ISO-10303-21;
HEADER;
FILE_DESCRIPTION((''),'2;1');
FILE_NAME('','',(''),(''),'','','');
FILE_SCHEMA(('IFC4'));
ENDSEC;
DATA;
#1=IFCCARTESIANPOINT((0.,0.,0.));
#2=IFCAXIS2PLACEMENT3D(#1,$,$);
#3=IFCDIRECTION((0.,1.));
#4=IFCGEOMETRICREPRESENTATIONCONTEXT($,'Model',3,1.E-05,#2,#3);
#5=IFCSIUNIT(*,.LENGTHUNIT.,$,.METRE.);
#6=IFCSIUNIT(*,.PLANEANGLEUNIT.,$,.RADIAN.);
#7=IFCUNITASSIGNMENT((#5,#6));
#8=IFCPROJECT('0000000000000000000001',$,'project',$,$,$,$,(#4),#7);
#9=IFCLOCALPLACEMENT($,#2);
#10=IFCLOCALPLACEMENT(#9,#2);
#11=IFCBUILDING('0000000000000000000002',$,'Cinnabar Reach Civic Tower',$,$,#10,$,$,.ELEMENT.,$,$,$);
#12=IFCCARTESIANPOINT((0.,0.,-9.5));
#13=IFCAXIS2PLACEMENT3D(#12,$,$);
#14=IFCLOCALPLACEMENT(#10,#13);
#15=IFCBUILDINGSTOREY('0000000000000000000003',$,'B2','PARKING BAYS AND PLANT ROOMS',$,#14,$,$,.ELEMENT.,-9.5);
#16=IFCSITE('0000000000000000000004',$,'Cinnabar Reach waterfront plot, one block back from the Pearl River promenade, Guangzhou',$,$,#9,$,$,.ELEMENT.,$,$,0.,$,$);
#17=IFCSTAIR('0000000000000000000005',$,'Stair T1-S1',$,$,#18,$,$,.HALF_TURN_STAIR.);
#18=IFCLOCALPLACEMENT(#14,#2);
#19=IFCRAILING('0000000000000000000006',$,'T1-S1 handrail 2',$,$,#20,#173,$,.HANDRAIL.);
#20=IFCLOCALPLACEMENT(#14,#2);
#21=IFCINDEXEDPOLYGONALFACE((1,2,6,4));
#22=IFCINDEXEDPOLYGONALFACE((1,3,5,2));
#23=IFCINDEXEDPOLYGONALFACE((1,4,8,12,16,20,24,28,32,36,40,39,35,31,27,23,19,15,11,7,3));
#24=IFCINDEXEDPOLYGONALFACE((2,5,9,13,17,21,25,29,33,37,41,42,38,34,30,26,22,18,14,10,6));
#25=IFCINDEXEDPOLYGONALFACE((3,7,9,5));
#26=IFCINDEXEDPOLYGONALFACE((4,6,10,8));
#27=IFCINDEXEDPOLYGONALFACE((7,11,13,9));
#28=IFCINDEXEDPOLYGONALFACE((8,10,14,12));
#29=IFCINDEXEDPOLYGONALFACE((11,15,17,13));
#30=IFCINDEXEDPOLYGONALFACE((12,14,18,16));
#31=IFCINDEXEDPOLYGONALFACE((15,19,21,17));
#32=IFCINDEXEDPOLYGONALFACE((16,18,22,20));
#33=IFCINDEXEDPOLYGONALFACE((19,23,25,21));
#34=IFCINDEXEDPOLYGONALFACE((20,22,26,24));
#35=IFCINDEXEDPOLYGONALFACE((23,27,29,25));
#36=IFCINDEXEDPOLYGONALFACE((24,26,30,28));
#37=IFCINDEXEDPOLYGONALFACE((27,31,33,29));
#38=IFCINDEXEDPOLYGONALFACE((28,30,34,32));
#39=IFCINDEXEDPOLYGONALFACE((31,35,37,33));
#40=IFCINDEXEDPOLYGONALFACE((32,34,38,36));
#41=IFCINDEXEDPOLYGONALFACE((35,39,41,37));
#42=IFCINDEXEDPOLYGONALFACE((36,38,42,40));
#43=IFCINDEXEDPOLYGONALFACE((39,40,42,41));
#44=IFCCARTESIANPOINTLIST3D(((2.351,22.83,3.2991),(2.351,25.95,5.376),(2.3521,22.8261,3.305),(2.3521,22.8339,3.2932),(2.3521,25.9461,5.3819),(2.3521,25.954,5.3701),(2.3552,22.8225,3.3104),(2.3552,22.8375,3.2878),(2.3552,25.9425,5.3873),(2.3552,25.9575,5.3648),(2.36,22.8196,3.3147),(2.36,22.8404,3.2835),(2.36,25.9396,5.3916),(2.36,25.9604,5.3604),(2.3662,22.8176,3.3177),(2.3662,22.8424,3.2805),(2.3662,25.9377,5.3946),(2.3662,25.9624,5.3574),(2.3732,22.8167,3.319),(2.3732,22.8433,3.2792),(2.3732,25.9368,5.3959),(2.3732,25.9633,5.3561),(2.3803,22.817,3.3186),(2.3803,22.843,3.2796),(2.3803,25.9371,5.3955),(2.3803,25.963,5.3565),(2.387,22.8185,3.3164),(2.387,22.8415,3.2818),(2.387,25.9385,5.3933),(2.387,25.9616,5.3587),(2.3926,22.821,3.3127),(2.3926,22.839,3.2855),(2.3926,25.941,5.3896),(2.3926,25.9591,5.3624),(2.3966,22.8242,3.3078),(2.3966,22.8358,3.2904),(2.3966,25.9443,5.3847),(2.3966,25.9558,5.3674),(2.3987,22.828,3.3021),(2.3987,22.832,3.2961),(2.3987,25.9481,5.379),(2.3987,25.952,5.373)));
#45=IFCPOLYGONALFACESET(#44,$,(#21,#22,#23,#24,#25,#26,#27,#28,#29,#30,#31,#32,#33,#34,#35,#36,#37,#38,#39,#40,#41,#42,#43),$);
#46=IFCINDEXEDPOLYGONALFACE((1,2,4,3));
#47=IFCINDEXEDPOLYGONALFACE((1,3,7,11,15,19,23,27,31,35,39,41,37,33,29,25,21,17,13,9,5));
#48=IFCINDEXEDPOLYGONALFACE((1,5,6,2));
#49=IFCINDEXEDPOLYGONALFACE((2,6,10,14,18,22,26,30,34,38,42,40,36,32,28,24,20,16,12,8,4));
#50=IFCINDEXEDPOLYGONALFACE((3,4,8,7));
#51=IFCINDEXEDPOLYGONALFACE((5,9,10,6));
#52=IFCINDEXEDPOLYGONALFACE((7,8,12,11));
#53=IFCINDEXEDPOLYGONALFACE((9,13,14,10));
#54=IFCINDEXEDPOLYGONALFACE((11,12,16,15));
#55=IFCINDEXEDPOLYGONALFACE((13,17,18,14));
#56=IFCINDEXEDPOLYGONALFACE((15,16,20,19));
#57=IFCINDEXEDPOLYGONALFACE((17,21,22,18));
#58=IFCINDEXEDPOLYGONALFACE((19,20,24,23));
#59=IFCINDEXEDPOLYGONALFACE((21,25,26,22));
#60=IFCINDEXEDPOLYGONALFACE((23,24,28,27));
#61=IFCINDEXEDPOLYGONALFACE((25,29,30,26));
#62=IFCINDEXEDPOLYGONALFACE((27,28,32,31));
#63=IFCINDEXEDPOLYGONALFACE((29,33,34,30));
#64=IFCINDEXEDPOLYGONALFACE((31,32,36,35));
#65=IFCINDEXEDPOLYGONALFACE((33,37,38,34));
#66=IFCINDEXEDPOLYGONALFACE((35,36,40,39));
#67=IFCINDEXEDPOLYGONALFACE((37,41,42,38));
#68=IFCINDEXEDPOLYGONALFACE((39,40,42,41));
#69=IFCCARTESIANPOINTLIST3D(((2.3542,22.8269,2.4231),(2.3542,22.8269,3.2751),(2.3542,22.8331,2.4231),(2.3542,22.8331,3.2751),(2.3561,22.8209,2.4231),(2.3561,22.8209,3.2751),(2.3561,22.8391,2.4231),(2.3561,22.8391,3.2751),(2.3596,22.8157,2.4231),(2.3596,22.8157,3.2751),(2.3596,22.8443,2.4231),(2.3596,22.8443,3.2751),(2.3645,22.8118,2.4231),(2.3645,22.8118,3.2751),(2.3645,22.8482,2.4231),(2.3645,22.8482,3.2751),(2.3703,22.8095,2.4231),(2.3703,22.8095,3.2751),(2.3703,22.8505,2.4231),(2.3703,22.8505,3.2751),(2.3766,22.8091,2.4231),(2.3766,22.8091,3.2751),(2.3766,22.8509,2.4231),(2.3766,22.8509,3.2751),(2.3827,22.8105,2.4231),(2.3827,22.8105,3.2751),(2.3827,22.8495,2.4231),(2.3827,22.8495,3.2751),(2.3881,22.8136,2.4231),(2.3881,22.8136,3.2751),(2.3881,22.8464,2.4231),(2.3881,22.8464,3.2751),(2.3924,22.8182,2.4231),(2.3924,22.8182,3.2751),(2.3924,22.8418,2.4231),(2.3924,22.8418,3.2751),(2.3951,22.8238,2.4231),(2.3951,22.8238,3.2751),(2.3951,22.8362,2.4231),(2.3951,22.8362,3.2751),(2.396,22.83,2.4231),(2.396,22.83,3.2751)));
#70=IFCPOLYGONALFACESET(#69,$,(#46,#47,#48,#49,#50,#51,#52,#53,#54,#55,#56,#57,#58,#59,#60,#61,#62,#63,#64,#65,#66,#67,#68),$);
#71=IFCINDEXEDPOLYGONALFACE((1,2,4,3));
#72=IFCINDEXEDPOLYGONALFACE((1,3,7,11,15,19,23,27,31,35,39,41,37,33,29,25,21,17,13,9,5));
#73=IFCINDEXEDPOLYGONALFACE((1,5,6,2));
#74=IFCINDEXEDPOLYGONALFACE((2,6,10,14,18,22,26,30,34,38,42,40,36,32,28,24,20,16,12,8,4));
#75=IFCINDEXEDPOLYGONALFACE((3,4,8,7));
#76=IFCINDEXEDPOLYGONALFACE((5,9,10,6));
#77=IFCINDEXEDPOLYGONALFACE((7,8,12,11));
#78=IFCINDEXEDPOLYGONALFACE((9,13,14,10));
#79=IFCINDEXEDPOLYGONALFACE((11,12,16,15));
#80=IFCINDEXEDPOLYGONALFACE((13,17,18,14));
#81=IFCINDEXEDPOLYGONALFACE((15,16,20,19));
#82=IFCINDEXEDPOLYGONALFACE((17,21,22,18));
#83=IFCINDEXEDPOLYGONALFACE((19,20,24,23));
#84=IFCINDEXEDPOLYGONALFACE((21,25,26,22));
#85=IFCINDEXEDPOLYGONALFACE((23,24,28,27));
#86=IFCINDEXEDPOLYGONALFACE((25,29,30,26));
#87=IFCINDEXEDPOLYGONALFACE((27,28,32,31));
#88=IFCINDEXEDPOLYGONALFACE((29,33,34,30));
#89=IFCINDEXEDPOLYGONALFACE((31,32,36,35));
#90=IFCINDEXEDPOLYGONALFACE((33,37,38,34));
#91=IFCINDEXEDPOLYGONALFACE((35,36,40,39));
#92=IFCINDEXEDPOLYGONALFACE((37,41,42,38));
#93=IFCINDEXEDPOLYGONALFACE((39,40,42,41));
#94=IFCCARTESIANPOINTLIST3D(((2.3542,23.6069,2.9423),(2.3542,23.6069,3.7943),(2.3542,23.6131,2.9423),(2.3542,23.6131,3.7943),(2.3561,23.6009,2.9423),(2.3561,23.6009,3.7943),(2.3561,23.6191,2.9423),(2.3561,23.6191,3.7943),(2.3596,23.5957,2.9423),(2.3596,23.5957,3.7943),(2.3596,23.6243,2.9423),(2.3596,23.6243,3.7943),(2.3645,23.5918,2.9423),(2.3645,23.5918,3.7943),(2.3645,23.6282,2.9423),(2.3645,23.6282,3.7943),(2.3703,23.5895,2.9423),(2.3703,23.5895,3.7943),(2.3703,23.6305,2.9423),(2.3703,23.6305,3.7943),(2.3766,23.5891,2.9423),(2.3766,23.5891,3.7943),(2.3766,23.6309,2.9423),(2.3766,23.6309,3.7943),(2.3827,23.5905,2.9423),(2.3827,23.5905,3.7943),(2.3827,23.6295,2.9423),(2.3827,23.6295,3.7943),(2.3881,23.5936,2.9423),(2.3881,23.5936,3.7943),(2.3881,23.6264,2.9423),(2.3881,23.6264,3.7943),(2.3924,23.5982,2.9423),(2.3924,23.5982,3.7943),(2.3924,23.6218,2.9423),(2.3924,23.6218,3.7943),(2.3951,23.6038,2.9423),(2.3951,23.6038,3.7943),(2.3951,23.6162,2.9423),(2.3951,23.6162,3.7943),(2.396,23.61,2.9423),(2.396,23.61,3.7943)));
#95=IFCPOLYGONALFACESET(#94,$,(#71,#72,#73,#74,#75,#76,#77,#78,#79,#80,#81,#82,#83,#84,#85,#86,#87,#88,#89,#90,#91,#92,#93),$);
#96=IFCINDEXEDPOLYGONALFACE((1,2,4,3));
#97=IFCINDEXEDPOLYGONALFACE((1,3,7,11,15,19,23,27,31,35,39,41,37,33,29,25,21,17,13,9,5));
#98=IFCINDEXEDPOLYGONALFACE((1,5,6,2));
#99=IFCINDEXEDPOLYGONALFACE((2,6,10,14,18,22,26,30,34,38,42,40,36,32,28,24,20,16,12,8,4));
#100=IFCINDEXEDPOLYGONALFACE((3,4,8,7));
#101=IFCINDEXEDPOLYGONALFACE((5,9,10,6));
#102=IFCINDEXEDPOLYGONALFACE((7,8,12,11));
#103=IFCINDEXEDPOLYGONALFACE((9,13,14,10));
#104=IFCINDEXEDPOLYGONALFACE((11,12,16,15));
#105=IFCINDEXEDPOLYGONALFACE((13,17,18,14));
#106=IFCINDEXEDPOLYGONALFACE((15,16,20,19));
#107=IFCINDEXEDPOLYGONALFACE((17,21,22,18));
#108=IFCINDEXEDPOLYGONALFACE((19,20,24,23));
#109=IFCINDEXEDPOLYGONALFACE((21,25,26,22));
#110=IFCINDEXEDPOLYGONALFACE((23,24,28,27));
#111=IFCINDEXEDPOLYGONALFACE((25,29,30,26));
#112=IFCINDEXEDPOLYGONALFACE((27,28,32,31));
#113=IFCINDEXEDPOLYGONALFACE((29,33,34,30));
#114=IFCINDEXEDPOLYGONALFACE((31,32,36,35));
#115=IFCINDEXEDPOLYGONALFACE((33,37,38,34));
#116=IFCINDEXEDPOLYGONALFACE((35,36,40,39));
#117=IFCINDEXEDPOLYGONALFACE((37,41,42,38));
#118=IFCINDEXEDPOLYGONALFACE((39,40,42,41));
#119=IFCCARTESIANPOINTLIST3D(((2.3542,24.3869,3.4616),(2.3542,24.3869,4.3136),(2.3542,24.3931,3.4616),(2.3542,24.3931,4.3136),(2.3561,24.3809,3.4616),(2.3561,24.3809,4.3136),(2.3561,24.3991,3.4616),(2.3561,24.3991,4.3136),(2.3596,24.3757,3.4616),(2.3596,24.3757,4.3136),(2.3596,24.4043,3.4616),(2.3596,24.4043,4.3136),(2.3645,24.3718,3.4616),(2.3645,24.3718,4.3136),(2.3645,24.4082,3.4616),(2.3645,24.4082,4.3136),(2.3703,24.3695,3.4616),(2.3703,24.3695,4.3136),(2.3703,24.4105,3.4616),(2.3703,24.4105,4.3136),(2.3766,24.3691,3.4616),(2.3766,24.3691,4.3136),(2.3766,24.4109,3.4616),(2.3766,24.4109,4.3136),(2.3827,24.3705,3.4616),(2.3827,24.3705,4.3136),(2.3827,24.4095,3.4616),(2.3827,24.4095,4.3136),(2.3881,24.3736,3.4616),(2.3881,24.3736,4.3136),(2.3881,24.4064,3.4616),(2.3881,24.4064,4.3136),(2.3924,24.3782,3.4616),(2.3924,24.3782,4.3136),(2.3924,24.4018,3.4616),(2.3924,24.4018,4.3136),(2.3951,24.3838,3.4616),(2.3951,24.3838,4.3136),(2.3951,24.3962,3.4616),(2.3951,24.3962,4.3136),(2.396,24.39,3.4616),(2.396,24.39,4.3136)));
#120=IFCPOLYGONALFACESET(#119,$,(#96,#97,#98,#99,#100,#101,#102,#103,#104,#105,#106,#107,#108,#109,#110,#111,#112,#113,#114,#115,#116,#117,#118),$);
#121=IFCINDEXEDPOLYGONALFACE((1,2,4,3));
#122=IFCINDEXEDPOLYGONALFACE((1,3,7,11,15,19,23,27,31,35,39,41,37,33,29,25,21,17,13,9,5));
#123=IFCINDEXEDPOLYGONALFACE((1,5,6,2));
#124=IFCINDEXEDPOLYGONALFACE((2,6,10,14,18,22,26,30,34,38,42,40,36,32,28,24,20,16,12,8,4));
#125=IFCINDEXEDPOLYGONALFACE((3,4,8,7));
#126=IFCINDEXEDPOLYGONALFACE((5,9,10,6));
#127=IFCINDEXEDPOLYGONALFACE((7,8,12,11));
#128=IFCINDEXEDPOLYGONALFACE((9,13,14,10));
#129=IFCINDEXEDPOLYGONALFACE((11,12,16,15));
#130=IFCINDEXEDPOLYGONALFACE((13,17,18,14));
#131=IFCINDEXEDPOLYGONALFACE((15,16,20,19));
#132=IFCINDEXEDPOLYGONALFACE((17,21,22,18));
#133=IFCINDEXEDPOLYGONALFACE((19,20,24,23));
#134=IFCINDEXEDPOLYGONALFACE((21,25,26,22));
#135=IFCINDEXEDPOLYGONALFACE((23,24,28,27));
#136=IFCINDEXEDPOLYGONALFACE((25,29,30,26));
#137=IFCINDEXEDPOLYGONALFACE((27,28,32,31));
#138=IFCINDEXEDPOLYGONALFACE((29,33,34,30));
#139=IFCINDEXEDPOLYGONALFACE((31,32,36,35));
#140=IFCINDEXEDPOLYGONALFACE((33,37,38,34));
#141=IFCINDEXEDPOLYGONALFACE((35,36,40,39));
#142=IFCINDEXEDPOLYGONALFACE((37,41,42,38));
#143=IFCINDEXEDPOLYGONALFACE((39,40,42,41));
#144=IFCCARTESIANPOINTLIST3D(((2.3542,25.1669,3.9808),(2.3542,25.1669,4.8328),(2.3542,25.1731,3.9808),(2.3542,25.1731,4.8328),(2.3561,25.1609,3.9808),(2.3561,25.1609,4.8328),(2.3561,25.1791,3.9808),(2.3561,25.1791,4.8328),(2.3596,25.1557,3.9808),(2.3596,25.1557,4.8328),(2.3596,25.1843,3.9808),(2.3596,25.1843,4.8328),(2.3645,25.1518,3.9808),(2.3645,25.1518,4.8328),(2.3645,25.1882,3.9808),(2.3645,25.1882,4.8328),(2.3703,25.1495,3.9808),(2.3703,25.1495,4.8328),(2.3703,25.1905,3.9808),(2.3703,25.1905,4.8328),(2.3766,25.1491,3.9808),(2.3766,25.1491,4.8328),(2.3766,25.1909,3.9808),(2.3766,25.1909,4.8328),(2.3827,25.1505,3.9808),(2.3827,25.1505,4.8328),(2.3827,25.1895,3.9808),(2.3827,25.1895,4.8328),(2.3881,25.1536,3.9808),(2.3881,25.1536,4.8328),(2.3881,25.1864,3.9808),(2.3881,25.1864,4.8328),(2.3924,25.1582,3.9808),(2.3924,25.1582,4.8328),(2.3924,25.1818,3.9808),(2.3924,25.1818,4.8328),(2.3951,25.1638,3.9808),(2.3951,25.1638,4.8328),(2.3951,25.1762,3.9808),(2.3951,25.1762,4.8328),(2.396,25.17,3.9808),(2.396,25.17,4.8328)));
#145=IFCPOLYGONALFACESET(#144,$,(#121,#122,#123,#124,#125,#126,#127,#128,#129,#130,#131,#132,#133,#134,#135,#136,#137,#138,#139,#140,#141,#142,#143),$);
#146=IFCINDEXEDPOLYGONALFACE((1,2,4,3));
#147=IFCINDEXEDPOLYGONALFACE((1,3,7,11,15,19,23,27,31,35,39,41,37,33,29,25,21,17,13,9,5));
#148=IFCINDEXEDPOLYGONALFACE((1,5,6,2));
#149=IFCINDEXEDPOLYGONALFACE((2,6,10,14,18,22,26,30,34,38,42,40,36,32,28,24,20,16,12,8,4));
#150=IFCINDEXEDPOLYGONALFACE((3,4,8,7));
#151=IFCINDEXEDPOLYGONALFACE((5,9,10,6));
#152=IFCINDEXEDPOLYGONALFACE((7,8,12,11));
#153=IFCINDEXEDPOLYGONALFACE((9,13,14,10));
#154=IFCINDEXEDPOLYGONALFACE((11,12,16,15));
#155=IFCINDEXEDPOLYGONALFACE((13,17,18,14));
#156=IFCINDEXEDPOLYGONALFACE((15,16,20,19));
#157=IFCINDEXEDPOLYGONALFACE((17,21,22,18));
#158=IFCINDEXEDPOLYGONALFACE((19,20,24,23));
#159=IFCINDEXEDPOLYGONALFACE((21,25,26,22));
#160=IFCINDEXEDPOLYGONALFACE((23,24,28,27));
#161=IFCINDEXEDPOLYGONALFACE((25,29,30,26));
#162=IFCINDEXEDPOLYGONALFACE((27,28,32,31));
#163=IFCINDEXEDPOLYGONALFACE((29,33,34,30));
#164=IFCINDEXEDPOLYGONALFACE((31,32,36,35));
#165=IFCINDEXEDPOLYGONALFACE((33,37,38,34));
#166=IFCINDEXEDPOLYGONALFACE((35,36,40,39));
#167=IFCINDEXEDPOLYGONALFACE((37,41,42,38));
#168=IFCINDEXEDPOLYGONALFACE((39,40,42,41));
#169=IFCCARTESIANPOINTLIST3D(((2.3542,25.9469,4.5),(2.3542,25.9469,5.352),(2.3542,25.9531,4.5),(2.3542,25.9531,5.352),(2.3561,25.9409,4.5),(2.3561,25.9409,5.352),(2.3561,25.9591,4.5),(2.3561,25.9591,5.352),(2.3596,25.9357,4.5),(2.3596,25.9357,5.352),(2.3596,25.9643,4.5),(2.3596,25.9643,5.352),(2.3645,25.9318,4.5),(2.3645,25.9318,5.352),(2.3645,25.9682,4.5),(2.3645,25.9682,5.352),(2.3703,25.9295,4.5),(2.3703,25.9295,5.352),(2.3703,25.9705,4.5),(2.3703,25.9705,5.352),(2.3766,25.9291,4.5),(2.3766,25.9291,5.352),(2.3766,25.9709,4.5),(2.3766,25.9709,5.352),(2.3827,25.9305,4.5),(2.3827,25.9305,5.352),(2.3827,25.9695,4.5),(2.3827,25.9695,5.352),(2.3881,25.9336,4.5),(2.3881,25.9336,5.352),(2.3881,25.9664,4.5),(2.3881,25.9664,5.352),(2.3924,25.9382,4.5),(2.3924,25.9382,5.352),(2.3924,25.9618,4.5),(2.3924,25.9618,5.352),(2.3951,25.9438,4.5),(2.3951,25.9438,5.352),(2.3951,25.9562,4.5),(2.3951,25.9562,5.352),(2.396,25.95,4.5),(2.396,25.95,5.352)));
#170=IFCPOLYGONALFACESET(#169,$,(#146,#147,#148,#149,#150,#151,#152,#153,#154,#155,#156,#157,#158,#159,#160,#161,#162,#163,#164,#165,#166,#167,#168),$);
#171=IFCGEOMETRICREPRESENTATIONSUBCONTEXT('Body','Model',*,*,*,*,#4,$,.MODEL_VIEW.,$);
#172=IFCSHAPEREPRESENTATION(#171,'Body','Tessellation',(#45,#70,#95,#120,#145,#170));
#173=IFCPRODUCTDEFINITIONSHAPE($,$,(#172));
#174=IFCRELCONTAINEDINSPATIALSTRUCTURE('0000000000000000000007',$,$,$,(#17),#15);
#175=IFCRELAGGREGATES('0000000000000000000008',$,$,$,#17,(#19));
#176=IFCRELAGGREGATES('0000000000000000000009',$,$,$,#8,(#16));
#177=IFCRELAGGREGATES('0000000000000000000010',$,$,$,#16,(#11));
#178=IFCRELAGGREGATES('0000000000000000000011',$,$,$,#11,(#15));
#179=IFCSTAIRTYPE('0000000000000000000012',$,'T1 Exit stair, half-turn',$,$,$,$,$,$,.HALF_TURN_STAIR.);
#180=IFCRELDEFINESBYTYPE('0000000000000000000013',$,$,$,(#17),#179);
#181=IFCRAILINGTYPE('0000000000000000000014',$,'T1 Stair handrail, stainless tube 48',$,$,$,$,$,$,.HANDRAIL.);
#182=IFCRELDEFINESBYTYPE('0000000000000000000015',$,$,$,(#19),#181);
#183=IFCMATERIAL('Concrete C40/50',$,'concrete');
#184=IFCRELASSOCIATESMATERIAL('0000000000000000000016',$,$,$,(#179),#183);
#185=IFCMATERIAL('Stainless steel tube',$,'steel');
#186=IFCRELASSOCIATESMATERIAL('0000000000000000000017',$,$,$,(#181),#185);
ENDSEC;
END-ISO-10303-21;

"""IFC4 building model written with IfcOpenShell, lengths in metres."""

from ifc_helpers import new_model, si_unit, direction, frame, origin, origin_2d, place, context, subcontext, project, spatial, circle, extrude, material, type_object, element, aggregate, save


model = new_model("IFC4")

# Units and contexts
model_context = context("Model", 3, precision=1e-05, world=origin(), true_north=direction((0.0, 1.0)))
body_context = subcontext(model_context, "Body", "Model", "MODEL_VIEW")
ifc_project = project(units=[si_unit("LENGTHUNIT", "METRE"), si_unit("PLANEANGLEUNIT", "RADIAN")], contexts=[model_context])

# Site, building, storey
site_placement = place(None, origin())
site = spatial("IfcSite", under=ifc_project, at=site_placement, Name="Cinnabar Reach waterfront plot, one block back from the Pearl River promenade, Guangzhou", CompositionType="ELEMENT", RefElevation=0.0)
building_placement = place(site_placement, origin())
building = spatial("IfcBuilding", under=site, at=building_placement, Name="Cinnabar Reach Civic Tower", CompositionType="ELEMENT")
storey_placement = place(building_placement, frame((0.0, 0.0, -9.5)))
storey = spatial("IfcBuildingStorey", under=building, at=storey_placement, Name="B2", Description="PARKING BAYS AND PLANT ROOMS", CompositionType="ELEMENT", Elevation=-9.5)

# Stair
ifc_material_1 = material(Name="Concrete C40/50", Category="concrete")
stair_type_1 = type_object("IfcStairType", Name="T1 Exit stair, half-turn", PredefinedType="HALF_TURN_STAIR", material=ifc_material_1)
stair_1_placement = place(storey_placement, origin())
stair_1 = element("IfcStair", 1, at=stair_1_placement, inside=storey, type_object=stair_type_1, Name="Stair T1-S1", PredefinedType="HALF_TURN_STAIR")

# Railing
ifc_material_2 = material(Name="Stainless steel tube", Category="steel")
railing_type = type_object("IfcRailingType", Name="T1 Stair handrail, stainless tube 48", PredefinedType="HANDRAIL", material=ifc_material_2)
railing_placement = place(storey_placement, frame((2.375, 22.83, 2.4231)))
railing = element("IfcRailing", 2, at=railing_placement, type_object=railing_type, Name="T1-S1 handrail 2", PredefinedType="HANDRAIL", context=body_context, shape_type="SweptSolid", body=[
    extrude(circle(Radius=0.024, at=origin_2d()), frame((0.0, 0.0, 0.876), z_axis=(0.0, 0.832432, 0.554127), x_axis=(-1.0, 0.0, 0.0)), (0.0, 0.0, 1.0), 3.7481),
    extrude(circle(Radius=0.021, at=origin_2d()), origin(), (0.0, 0.0, 1.0), 0.852),
    extrude(circle(Radius=0.021, at=origin_2d()), frame((0.0, 0.78, 0.5192)), (0.0, 0.0, 1.0), 0.852),
    extrude(circle(Radius=0.021, at=origin_2d()), frame((0.0, 1.56, 1.0385)), (0.0, 0.0, 1.0), 0.852),
    extrude(circle(Radius=0.021, at=origin_2d()), frame((0.0, 2.34, 1.5577)), (0.0, 0.0, 1.0), 0.852),
    extrude(circle(Radius=0.021, at=origin_2d()), frame((0.0, 3.12, 2.0769)), (0.0, 0.0, 1.0), 0.852),
])
aggregate(stair_1, [railing])

save(model, "model.ifc")
